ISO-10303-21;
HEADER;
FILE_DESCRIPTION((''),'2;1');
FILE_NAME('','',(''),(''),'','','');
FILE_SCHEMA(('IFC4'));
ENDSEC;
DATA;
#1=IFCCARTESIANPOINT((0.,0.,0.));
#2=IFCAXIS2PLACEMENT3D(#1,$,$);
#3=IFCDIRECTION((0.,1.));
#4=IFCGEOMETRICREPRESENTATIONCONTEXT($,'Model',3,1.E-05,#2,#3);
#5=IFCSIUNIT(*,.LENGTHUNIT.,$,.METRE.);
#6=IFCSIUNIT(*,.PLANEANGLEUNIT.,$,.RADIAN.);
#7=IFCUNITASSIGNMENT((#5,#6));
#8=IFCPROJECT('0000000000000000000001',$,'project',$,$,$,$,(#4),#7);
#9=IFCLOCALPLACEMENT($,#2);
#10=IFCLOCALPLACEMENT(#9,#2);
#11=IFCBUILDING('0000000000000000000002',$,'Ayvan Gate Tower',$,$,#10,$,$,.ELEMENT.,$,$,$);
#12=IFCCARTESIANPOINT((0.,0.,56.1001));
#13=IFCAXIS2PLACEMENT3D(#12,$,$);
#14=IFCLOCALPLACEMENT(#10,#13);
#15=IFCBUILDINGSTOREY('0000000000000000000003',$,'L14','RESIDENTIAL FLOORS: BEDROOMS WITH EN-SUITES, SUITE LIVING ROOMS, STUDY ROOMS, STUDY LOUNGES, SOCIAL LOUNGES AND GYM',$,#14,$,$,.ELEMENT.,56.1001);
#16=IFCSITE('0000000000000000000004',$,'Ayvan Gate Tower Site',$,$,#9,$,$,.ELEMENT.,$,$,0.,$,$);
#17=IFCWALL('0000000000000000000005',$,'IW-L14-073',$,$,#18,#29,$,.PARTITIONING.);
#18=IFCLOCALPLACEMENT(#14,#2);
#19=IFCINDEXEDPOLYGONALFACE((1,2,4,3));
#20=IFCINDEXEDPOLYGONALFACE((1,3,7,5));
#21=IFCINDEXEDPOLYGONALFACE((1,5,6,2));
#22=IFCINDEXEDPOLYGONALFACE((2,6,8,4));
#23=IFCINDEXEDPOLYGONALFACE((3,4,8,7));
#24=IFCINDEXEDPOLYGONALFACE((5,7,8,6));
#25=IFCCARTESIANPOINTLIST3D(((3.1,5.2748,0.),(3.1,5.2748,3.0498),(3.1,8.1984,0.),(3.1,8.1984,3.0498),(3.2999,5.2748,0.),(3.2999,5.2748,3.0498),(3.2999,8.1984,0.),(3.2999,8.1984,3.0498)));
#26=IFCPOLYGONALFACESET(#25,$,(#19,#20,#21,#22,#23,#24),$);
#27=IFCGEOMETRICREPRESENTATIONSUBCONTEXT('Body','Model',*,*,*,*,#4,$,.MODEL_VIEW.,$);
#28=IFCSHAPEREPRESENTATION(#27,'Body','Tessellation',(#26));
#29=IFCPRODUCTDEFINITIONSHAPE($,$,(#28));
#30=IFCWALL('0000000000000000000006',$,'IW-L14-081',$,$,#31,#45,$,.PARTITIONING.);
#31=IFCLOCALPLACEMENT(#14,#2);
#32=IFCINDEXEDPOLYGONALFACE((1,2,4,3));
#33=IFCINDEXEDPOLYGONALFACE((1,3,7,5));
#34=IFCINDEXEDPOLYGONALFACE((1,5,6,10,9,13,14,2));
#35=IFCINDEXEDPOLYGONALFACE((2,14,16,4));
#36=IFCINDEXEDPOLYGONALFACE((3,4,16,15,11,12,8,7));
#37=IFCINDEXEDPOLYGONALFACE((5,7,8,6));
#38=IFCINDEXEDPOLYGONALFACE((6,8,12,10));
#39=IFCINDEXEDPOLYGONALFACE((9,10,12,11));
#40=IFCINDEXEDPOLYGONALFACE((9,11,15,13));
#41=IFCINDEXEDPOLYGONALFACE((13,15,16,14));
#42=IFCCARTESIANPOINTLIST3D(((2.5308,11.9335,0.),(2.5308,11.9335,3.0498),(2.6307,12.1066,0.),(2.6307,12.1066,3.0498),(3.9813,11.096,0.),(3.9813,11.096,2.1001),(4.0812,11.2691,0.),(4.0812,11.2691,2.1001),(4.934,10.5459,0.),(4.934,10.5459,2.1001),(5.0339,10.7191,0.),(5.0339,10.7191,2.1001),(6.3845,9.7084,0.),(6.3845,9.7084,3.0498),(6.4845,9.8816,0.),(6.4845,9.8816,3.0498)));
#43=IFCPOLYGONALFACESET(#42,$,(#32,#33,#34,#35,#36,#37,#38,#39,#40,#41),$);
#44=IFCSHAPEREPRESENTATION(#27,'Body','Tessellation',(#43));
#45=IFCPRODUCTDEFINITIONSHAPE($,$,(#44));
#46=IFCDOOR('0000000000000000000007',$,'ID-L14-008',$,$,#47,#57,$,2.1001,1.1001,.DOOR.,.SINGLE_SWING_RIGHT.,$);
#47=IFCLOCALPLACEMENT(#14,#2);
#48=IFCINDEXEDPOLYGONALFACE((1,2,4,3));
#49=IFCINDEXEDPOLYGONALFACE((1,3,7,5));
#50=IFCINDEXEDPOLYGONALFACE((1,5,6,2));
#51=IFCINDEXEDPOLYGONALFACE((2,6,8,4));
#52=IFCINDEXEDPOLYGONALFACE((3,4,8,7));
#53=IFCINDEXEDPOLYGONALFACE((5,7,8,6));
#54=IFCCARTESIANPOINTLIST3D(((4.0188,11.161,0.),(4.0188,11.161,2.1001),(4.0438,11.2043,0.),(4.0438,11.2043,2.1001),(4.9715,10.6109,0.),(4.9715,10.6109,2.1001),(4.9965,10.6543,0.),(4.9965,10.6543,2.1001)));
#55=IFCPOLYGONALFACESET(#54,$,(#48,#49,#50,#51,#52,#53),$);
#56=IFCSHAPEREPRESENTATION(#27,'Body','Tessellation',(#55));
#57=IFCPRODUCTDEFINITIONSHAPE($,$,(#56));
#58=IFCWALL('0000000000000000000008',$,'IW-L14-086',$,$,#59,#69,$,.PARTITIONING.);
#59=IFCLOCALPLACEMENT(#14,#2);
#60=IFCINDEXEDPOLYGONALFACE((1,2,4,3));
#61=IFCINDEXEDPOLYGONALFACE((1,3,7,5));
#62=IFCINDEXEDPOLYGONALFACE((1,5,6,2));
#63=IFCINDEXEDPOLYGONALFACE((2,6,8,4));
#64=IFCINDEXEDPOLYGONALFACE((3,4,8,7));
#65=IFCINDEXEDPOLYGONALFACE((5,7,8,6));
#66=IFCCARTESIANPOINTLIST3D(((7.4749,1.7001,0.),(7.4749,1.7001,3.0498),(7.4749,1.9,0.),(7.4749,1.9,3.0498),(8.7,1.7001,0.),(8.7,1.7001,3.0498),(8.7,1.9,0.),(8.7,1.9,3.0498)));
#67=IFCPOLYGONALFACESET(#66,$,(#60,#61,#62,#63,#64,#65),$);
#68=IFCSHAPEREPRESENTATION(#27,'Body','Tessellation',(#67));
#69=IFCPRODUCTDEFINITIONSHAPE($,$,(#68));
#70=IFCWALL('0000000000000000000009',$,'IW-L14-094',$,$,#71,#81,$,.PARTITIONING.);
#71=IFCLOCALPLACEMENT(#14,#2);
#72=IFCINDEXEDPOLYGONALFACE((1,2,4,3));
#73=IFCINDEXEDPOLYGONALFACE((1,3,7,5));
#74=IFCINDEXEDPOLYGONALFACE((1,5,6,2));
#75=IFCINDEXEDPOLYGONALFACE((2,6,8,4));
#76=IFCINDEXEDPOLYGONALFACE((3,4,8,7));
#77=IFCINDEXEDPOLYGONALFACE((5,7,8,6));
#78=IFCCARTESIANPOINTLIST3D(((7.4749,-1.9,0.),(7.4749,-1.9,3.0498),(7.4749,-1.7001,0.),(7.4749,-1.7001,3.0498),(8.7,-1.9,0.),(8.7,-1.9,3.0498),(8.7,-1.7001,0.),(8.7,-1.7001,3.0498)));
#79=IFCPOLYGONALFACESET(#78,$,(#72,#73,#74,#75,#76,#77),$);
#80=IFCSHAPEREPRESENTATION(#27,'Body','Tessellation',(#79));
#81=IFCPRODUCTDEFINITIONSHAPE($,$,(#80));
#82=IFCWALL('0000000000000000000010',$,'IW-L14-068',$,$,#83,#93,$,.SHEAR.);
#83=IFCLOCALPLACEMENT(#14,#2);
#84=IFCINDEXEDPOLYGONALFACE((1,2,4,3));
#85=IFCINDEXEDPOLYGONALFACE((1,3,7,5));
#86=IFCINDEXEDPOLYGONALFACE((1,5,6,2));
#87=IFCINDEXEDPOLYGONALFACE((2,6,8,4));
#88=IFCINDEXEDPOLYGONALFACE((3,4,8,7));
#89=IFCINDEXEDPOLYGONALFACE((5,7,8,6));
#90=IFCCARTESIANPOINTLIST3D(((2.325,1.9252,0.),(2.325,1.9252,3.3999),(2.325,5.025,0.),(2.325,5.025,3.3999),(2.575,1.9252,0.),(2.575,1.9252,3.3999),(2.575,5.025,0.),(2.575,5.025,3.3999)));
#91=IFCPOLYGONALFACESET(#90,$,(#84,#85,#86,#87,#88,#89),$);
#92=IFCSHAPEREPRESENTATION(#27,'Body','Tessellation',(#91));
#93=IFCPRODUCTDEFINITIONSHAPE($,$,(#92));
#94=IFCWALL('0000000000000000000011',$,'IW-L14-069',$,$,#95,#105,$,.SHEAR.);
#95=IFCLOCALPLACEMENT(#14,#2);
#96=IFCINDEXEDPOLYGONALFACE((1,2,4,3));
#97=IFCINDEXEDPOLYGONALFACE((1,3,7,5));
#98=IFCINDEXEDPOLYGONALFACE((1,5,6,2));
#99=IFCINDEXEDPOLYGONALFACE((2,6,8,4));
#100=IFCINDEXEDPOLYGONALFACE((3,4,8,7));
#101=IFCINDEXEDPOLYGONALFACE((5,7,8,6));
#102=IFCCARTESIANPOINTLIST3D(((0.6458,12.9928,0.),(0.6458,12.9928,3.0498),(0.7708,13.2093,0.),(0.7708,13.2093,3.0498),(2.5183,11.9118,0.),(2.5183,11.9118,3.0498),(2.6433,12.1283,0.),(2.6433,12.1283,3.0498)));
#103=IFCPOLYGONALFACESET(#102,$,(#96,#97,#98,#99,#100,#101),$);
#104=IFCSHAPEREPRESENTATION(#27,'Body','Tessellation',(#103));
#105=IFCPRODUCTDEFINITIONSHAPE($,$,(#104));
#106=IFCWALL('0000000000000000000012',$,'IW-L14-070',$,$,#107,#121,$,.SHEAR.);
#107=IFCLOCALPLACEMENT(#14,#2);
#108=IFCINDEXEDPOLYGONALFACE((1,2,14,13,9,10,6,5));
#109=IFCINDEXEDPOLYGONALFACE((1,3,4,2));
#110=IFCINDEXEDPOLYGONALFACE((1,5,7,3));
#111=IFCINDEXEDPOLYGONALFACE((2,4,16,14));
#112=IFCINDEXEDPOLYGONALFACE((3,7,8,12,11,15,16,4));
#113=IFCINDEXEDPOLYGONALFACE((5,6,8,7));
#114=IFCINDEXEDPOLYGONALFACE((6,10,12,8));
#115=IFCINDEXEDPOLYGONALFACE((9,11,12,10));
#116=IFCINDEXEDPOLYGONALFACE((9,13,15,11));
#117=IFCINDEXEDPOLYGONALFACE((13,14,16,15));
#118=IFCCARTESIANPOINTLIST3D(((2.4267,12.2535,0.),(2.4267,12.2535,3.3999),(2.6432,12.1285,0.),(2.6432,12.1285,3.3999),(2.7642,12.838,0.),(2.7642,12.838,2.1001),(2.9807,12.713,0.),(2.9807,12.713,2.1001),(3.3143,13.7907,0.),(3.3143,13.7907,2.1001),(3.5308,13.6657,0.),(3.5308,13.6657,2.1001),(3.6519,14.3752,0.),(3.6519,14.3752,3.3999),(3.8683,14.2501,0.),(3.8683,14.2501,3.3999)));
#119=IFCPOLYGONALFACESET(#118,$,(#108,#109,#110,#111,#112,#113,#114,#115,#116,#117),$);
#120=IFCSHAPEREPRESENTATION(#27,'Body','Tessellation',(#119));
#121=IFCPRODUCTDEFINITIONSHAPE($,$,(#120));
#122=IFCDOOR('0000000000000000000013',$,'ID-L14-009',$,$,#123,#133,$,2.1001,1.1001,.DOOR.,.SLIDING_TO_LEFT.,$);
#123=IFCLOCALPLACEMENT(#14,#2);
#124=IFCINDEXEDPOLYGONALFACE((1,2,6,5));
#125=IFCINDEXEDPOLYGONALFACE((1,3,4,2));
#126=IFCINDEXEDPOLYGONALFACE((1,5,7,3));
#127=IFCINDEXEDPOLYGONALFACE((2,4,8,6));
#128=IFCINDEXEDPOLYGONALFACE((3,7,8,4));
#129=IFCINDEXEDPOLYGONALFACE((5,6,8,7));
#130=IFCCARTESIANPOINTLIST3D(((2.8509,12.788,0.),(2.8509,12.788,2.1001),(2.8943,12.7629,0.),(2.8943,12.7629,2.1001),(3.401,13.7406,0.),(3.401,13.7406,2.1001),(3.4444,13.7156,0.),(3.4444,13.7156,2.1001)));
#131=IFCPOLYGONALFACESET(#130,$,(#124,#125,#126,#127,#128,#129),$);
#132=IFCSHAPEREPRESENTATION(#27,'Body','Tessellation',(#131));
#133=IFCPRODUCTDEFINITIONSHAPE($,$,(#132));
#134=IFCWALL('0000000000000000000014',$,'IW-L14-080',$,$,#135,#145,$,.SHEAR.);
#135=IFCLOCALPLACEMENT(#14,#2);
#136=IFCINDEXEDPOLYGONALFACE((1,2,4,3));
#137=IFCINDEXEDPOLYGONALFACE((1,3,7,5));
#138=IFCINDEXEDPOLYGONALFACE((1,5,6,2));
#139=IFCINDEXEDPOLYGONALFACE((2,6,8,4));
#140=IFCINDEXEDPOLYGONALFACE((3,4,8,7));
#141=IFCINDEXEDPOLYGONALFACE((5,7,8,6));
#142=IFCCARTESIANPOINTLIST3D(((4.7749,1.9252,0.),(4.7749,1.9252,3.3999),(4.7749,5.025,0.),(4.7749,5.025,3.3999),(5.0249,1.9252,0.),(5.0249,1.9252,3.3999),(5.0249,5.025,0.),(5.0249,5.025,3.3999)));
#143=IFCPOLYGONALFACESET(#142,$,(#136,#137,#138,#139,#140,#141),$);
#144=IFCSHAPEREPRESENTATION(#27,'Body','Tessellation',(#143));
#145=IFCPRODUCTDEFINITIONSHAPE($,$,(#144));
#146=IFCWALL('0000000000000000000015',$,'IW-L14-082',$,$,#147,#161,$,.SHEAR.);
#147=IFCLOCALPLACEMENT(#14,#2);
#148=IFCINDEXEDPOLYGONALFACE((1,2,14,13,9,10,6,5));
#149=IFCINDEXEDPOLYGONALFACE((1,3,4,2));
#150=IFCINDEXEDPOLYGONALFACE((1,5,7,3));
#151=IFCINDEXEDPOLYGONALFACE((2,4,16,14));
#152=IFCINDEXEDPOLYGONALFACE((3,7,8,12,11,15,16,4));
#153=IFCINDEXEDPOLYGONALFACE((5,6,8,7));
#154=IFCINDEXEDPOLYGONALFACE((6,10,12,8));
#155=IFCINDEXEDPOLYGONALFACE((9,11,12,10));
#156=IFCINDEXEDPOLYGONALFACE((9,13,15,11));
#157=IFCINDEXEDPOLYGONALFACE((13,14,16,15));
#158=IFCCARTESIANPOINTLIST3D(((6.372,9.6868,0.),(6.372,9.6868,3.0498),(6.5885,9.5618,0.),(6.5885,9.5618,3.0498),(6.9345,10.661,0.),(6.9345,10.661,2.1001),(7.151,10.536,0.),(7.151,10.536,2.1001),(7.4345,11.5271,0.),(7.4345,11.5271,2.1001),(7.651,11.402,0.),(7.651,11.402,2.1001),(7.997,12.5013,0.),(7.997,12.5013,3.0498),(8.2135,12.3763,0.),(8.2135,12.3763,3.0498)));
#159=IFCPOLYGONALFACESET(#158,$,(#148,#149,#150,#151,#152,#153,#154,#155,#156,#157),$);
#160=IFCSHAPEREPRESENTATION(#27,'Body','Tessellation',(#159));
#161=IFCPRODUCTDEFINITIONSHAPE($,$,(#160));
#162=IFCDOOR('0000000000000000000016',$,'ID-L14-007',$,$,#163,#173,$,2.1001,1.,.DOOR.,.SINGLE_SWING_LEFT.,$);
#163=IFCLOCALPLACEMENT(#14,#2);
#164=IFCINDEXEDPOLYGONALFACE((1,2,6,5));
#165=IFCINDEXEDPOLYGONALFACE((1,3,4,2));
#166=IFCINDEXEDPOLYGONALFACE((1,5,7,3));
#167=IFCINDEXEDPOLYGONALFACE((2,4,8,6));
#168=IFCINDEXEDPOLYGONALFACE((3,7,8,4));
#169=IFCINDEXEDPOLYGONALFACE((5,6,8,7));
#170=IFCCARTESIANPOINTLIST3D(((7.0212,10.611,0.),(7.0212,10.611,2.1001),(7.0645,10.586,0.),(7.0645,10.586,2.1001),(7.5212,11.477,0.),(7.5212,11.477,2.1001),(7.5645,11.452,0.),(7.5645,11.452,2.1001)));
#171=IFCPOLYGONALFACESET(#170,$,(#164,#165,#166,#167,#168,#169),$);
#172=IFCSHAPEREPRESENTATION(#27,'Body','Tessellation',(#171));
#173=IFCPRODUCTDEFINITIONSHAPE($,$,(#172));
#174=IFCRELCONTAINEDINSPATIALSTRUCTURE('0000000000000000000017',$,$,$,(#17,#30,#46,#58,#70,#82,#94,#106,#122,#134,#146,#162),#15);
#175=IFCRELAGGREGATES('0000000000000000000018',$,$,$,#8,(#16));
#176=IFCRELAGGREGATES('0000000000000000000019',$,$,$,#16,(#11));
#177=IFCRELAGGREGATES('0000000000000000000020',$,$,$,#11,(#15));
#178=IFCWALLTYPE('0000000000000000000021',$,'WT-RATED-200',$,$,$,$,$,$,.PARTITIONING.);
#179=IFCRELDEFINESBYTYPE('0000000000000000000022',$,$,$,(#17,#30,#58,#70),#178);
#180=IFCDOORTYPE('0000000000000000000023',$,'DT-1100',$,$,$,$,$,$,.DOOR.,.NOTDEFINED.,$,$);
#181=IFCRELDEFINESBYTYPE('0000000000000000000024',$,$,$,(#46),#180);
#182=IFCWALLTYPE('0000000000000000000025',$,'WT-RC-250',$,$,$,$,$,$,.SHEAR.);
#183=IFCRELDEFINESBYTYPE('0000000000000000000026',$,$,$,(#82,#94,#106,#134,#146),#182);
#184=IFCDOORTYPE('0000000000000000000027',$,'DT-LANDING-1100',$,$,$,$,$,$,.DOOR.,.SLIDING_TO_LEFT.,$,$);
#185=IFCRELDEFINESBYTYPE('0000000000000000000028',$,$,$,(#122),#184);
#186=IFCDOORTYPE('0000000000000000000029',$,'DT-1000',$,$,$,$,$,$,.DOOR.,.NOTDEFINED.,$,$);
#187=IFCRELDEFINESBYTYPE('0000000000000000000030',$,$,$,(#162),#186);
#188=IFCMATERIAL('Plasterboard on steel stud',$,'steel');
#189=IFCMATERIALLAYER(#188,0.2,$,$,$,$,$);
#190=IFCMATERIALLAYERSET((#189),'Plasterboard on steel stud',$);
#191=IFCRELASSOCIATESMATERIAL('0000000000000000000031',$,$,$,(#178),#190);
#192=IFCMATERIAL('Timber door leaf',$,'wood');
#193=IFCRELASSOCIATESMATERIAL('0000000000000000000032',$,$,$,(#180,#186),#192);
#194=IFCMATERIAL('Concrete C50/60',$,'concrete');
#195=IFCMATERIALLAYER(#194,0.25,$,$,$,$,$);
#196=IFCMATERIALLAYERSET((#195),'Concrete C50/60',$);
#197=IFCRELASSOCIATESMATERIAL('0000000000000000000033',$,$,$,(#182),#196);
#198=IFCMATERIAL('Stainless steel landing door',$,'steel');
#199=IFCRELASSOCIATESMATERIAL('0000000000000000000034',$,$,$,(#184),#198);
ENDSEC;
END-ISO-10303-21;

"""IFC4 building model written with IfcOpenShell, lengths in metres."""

from ifc_helpers import new_model, si_unit, direction, frame, frame_2d, origin, place, context, subcontext, project, spatial, rectangle, extrude, material, layer, layer_set, type_object, element, fill, save


model = new_model("IFC4")

# Units and contexts
model_context = context("Model", 3, precision=1e-05, world=origin(), true_north=direction((0.0, 1.0)))
body_context = subcontext(model_context, "Body", "Model", "MODEL_VIEW")
ifc_project = project(units=[si_unit("LENGTHUNIT", "METRE"), si_unit("PLANEANGLEUNIT", "RADIAN")], contexts=[model_context])

# Site, building, storey
site_placement = place(None, origin())
site = spatial("IfcSite", under=ifc_project, at=site_placement, Name="Ayvan Gate Tower Site", CompositionType="ELEMENT", RefElevation=0.0)
building_placement = place(site_placement, origin())
building = spatial("IfcBuilding", under=site, at=building_placement, Name="Ayvan Gate Tower", CompositionType="ELEMENT")
storey_placement = place(building_placement, frame((0.0, 0.0, 56.1001)))
storey = spatial("IfcBuildingStorey", under=building, at=storey_placement, Name="L14", Description="RESIDENTIAL FLOORS: BEDROOMS WITH EN-SUITES, SUITE LIVING ROOMS, STUDY ROOMS, STUDY LOUNGES, SOCIAL LOUNGES AND GYM", CompositionType="ELEMENT", Elevation=56.1001)

# Wall
ifc_material_1 = material(Name="Plasterboard on steel stud", Category="steel")
ifc_layer_1 = layer(ifc_material_1, 0.2)
ifc_layer_set_1 = layer_set([ifc_layer_1], Name="Plasterboard on steel stud")
wall_type_1 = type_object("IfcWallType", Name="WT-RATED-200", PredefinedType="PARTITIONING", material=ifc_layer_set_1)
wall_1_placement = place(storey_placement, frame((3.2, 8.1985, 0.0), z_axis=(0.0, 0.0, 1.0), x_axis=(0.0, -1.0, 0.0)))
element("IfcWall", 1, at=wall_1_placement, inside=storey, type_object=wall_type_1, Name="IW-L14-073", PredefinedType="PARTITIONING", context=body_context, shape_type="SweptSolid", body=[
    extrude(rectangle(XDim=2.9236, YDim=0.2, at=frame_2d((1.4619, 0.0))), origin(), (0.0, 0.0, 1.0), 3.0498),
])

# Wall, opening, door
wall_2_placement = place(storey_placement, frame((6.4346, 9.7949, 0.0), z_axis=(0.0, 0.0, 1.0), x_axis=(-0.866013, 0.500022, 0.0)))
wall_2 = element("IfcWall", 2, at=wall_2_placement, inside=storey, type_object=wall_type_1, Name="IW-L14-081", PredefinedType="PARTITIONING", context=body_context, shape_type="SweptSolid", body=[
    extrude(rectangle(XDim=4.45, YDim=0.2, at=frame_2d((2.2251, 0.0))), origin(), (0.0, 0.0, 1.0), 3.0498),
])
opening_1_placement = place(wall_2_placement, frame((1.675, 0.0, 0.0)))
opening_1 = element("IfcOpeningElement", 3, at=opening_1_placement, cuts=wall_2, PredefinedType="OPENING", context=body_context, shape_type="SweptSolid", body=[
    extrude(rectangle(XDim=1.1001, YDim=2.1001, at=frame_2d((0.55, 1.05))), frame((0.0, 0.1099, 0.0), z_axis=(0.0, -1.0, 0.0), x_axis=(1.0, 0.0, 0.0)), (0.0, 0.0, 1.0), 0.22),
])
ifc_material_2 = material(Name="Timber door leaf", Category="wood")
door_type_1 = type_object("IfcDoorType", Name="DT-1100", OperationType="NOTDEFINED", PredefinedType="DOOR", material=ifc_material_2)
door_1_placement = place(opening_1_placement, origin())
door_1 = element("IfcDoor", 4, at=door_1_placement, inside=storey, type_object=door_type_1, Name="ID-L14-008", OperationType="SINGLE_SWING_RIGHT", OverallHeight=2.1001, OverallWidth=1.1001, PredefinedType="DOOR", context=body_context, shape_type="SweptSolid", body=[
    extrude(rectangle(XDim=1.1001, YDim=2.1001, at=frame_2d((0.55, 1.05))), frame((0.0, 0.0249, 0.0), z_axis=(0.0, -1.0, 0.0), x_axis=(1.0, 0.0, 0.0)), (0.0, 0.0, 1.0), 0.05),
])
fill(opening_1, door_1)

# Walls
for number, where, z_axis, x_axis, name in (
    (5, (7.4749, 1.8, 0.0), (0.0, 0.0, 1.0), (1.0, 0.0, 0.0), "IW-L14-086"),
    (6, (8.7, -1.8, 0.0), (0.0, 0.0, 1.0), (-1.0, 0.0, 0.0), "IW-L14-094"),
):
    element("IfcWall", number, at=place(storey_placement, frame(where, z_axis=z_axis, x_axis=x_axis)), inside=storey, type_object=wall_type_1, Name=name, PredefinedType="PARTITIONING", context=body_context, shape_type="SweptSolid", body=[
        extrude(rectangle(XDim=1.2251, YDim=0.2, at=frame_2d((0.6125, 0.0))), origin(), (0.0, 0.0, 1.0), 3.0498),
    ])
ifc_material_3 = material(Name="Concrete C50/60", Category="concrete")
ifc_layer_2 = layer(ifc_material_3, 0.25)
ifc_layer_set_2 = layer_set([ifc_layer_2], Name="Concrete C50/60")
wall_type_2 = type_object("IfcWallType", Name="WT-RC-250", PredefinedType="SHEAR", material=ifc_layer_set_2)
wall_3_placement = place(storey_placement, frame((2.45, 5.0249, 0.0), z_axis=(0.0, 0.0, 1.0), x_axis=(0.0, -1.0, 0.0)))
element("IfcWall", 7, at=wall_3_placement, inside=storey, type_object=wall_type_2, Name="IW-L14-068", PredefinedType="SHEAR", context=body_context, shape_type="SweptSolid", body=[
    extrude(rectangle(XDim=3.0999, YDim=0.25, at=frame_2d((1.5498, 0.0))), origin(), (0.0, 0.0, 1.0), 3.3999),
])
wall_4_placement = place(storey_placement, frame((2.5808, 12.02, 0.0), z_axis=(0.0, 0.0, 1.0), x_axis=(-0.866039, 0.499977, 0.0)))
element("IfcWall", 8, at=wall_4_placement, inside=storey, type_object=wall_type_2, Name="IW-L14-069", PredefinedType="SHEAR", context=body_context, shape_type="SweptSolid", body=[
    extrude(rectangle(XDim=2.1621, YDim=0.25, at=frame_2d((1.0811, 0.0))), origin(), (0.0, 0.0, 1.0), 3.0498),
])

# Wall, opening, door
wall_5_placement = place(storey_placement, frame((2.5349, 12.1909, 0.0), z_axis=(0.0, 0.0, 1.0), x_axis=(0.500062, 0.86599, 0.0)))
wall_5 = element("IfcWall", 9, at=wall_5_placement, inside=storey, type_object=wall_type_2, Name="IW-L14-070", PredefinedType="SHEAR", context=body_context, shape_type="SweptSolid", body=[
    extrude(rectangle(XDim=2.45, YDim=0.25, at=frame_2d((1.2251, 0.0))), origin(), (0.0, 0.0, 1.0), 3.3999),
])
opening_2_placement = place(wall_5_placement, frame((0.675, 0.0, 0.0)))
opening_2 = element("IfcOpeningElement", 10, at=opening_2_placement, cuts=wall_5, PredefinedType="OPENING", context=body_context, shape_type="SweptSolid", body=[
    extrude(rectangle(XDim=1.1001, YDim=2.1001, at=frame_2d((0.55, 1.05))), frame((0.0, 0.135, 0.0), z_axis=(0.0, -1.0, 0.0), x_axis=(1.0, 0.0, 0.0)), (0.0, 0.0, 1.0), 0.27),
])
ifc_material_4 = material(Name="Stainless steel landing door", Category="steel")
door_type_2 = type_object("IfcDoorType", Name="DT-LANDING-1100", OperationType="SLIDING_TO_LEFT", PredefinedType="DOOR", material=ifc_material_4)
door_2_placement = place(opening_2_placement, origin())
door_2 = element("IfcDoor", 11, at=door_2_placement, inside=storey, type_object=door_type_2, Name="ID-L14-009", OperationType="SLIDING_TO_LEFT", OverallHeight=2.1001, OverallWidth=1.1001, PredefinedType="DOOR", context=body_context, shape_type="SweptSolid", body=[
    extrude(rectangle(XDim=1.1001, YDim=2.1001, at=frame_2d((0.55, 1.05))), frame((0.0, 0.0249, 0.0), z_axis=(0.0, -1.0, 0.0), x_axis=(1.0, 0.0, 0.0)), (0.0, 0.0, 1.0), 0.05),
])
fill(opening_2, door_2)

# Wall
wall_6_placement = place(storey_placement, frame((4.8999, 5.0249, 0.0), z_axis=(0.0, 0.0, 1.0), x_axis=(0.0, -1.0, 0.0)))
element("IfcWall", 12, at=wall_6_placement, inside=storey, type_object=wall_type_2, Name="IW-L14-080", PredefinedType="SHEAR", context=body_context, shape_type="SweptSolid", body=[
    extrude(rectangle(XDim=3.0999, YDim=0.25, at=frame_2d((1.5498, 0.0))), origin(), (0.0, 0.0, 1.0), 3.3999),
])

# Wall, opening, door
wall_7_placement = place(storey_placement, frame((6.4802, 9.6243, 0.0), z_axis=(0.0, 0.0, 1.0), x_axis=(0.500017, 0.866015, 0.0)))
wall_7 = element("IfcWall", 13, at=wall_7_placement, inside=storey, type_object=wall_type_2, Name="IW-L14-082", PredefinedType="SHEAR", context=body_context, shape_type="SweptSolid", body=[
    extrude(rectangle(XDim=3.25, YDim=0.25, at=frame_2d((1.625, 0.0))), origin(), (0.0, 0.0, 1.0), 3.0498),
])
opening_3_placement = place(wall_7_placement, frame((1.125, 0.0, 0.0)))
opening_3 = element("IfcOpeningElement", 14, at=opening_3_placement, cuts=wall_7, PredefinedType="OPENING", context=body_context, shape_type="SweptSolid", body=[
    extrude(rectangle(XDim=1.0, YDim=2.1001, at=frame_2d((0.5, 1.05))), frame((0.0, 0.135, 0.0), z_axis=(0.0, -1.0, 0.0), x_axis=(1.0, 0.0, 0.0)), (0.0, 0.0, 1.0), 0.27),
])
door_type_3 = type_object("IfcDoorType", Name="DT-1000", OperationType="NOTDEFINED", PredefinedType="DOOR", material=ifc_material_2)
door_3_placement = place(opening_3_placement, origin())
door_3 = element("IfcDoor", 15, at=door_3_placement, inside=storey, type_object=door_type_3, Name="ID-L14-007", OperationType="SINGLE_SWING_LEFT", OverallHeight=2.1001, OverallWidth=1.0, PredefinedType="DOOR", context=body_context, shape_type="SweptSolid", body=[
    extrude(rectangle(XDim=1.0, YDim=2.1001, at=frame_2d((0.5, 1.05))), frame((0.0, 0.0249, 0.0), z_axis=(0.0, -1.0, 0.0), x_axis=(1.0, 0.0, 0.0)), (0.0, 0.0, 1.0), 0.05),
])
fill(opening_3, door_3)

save(model, "model.ifc")
